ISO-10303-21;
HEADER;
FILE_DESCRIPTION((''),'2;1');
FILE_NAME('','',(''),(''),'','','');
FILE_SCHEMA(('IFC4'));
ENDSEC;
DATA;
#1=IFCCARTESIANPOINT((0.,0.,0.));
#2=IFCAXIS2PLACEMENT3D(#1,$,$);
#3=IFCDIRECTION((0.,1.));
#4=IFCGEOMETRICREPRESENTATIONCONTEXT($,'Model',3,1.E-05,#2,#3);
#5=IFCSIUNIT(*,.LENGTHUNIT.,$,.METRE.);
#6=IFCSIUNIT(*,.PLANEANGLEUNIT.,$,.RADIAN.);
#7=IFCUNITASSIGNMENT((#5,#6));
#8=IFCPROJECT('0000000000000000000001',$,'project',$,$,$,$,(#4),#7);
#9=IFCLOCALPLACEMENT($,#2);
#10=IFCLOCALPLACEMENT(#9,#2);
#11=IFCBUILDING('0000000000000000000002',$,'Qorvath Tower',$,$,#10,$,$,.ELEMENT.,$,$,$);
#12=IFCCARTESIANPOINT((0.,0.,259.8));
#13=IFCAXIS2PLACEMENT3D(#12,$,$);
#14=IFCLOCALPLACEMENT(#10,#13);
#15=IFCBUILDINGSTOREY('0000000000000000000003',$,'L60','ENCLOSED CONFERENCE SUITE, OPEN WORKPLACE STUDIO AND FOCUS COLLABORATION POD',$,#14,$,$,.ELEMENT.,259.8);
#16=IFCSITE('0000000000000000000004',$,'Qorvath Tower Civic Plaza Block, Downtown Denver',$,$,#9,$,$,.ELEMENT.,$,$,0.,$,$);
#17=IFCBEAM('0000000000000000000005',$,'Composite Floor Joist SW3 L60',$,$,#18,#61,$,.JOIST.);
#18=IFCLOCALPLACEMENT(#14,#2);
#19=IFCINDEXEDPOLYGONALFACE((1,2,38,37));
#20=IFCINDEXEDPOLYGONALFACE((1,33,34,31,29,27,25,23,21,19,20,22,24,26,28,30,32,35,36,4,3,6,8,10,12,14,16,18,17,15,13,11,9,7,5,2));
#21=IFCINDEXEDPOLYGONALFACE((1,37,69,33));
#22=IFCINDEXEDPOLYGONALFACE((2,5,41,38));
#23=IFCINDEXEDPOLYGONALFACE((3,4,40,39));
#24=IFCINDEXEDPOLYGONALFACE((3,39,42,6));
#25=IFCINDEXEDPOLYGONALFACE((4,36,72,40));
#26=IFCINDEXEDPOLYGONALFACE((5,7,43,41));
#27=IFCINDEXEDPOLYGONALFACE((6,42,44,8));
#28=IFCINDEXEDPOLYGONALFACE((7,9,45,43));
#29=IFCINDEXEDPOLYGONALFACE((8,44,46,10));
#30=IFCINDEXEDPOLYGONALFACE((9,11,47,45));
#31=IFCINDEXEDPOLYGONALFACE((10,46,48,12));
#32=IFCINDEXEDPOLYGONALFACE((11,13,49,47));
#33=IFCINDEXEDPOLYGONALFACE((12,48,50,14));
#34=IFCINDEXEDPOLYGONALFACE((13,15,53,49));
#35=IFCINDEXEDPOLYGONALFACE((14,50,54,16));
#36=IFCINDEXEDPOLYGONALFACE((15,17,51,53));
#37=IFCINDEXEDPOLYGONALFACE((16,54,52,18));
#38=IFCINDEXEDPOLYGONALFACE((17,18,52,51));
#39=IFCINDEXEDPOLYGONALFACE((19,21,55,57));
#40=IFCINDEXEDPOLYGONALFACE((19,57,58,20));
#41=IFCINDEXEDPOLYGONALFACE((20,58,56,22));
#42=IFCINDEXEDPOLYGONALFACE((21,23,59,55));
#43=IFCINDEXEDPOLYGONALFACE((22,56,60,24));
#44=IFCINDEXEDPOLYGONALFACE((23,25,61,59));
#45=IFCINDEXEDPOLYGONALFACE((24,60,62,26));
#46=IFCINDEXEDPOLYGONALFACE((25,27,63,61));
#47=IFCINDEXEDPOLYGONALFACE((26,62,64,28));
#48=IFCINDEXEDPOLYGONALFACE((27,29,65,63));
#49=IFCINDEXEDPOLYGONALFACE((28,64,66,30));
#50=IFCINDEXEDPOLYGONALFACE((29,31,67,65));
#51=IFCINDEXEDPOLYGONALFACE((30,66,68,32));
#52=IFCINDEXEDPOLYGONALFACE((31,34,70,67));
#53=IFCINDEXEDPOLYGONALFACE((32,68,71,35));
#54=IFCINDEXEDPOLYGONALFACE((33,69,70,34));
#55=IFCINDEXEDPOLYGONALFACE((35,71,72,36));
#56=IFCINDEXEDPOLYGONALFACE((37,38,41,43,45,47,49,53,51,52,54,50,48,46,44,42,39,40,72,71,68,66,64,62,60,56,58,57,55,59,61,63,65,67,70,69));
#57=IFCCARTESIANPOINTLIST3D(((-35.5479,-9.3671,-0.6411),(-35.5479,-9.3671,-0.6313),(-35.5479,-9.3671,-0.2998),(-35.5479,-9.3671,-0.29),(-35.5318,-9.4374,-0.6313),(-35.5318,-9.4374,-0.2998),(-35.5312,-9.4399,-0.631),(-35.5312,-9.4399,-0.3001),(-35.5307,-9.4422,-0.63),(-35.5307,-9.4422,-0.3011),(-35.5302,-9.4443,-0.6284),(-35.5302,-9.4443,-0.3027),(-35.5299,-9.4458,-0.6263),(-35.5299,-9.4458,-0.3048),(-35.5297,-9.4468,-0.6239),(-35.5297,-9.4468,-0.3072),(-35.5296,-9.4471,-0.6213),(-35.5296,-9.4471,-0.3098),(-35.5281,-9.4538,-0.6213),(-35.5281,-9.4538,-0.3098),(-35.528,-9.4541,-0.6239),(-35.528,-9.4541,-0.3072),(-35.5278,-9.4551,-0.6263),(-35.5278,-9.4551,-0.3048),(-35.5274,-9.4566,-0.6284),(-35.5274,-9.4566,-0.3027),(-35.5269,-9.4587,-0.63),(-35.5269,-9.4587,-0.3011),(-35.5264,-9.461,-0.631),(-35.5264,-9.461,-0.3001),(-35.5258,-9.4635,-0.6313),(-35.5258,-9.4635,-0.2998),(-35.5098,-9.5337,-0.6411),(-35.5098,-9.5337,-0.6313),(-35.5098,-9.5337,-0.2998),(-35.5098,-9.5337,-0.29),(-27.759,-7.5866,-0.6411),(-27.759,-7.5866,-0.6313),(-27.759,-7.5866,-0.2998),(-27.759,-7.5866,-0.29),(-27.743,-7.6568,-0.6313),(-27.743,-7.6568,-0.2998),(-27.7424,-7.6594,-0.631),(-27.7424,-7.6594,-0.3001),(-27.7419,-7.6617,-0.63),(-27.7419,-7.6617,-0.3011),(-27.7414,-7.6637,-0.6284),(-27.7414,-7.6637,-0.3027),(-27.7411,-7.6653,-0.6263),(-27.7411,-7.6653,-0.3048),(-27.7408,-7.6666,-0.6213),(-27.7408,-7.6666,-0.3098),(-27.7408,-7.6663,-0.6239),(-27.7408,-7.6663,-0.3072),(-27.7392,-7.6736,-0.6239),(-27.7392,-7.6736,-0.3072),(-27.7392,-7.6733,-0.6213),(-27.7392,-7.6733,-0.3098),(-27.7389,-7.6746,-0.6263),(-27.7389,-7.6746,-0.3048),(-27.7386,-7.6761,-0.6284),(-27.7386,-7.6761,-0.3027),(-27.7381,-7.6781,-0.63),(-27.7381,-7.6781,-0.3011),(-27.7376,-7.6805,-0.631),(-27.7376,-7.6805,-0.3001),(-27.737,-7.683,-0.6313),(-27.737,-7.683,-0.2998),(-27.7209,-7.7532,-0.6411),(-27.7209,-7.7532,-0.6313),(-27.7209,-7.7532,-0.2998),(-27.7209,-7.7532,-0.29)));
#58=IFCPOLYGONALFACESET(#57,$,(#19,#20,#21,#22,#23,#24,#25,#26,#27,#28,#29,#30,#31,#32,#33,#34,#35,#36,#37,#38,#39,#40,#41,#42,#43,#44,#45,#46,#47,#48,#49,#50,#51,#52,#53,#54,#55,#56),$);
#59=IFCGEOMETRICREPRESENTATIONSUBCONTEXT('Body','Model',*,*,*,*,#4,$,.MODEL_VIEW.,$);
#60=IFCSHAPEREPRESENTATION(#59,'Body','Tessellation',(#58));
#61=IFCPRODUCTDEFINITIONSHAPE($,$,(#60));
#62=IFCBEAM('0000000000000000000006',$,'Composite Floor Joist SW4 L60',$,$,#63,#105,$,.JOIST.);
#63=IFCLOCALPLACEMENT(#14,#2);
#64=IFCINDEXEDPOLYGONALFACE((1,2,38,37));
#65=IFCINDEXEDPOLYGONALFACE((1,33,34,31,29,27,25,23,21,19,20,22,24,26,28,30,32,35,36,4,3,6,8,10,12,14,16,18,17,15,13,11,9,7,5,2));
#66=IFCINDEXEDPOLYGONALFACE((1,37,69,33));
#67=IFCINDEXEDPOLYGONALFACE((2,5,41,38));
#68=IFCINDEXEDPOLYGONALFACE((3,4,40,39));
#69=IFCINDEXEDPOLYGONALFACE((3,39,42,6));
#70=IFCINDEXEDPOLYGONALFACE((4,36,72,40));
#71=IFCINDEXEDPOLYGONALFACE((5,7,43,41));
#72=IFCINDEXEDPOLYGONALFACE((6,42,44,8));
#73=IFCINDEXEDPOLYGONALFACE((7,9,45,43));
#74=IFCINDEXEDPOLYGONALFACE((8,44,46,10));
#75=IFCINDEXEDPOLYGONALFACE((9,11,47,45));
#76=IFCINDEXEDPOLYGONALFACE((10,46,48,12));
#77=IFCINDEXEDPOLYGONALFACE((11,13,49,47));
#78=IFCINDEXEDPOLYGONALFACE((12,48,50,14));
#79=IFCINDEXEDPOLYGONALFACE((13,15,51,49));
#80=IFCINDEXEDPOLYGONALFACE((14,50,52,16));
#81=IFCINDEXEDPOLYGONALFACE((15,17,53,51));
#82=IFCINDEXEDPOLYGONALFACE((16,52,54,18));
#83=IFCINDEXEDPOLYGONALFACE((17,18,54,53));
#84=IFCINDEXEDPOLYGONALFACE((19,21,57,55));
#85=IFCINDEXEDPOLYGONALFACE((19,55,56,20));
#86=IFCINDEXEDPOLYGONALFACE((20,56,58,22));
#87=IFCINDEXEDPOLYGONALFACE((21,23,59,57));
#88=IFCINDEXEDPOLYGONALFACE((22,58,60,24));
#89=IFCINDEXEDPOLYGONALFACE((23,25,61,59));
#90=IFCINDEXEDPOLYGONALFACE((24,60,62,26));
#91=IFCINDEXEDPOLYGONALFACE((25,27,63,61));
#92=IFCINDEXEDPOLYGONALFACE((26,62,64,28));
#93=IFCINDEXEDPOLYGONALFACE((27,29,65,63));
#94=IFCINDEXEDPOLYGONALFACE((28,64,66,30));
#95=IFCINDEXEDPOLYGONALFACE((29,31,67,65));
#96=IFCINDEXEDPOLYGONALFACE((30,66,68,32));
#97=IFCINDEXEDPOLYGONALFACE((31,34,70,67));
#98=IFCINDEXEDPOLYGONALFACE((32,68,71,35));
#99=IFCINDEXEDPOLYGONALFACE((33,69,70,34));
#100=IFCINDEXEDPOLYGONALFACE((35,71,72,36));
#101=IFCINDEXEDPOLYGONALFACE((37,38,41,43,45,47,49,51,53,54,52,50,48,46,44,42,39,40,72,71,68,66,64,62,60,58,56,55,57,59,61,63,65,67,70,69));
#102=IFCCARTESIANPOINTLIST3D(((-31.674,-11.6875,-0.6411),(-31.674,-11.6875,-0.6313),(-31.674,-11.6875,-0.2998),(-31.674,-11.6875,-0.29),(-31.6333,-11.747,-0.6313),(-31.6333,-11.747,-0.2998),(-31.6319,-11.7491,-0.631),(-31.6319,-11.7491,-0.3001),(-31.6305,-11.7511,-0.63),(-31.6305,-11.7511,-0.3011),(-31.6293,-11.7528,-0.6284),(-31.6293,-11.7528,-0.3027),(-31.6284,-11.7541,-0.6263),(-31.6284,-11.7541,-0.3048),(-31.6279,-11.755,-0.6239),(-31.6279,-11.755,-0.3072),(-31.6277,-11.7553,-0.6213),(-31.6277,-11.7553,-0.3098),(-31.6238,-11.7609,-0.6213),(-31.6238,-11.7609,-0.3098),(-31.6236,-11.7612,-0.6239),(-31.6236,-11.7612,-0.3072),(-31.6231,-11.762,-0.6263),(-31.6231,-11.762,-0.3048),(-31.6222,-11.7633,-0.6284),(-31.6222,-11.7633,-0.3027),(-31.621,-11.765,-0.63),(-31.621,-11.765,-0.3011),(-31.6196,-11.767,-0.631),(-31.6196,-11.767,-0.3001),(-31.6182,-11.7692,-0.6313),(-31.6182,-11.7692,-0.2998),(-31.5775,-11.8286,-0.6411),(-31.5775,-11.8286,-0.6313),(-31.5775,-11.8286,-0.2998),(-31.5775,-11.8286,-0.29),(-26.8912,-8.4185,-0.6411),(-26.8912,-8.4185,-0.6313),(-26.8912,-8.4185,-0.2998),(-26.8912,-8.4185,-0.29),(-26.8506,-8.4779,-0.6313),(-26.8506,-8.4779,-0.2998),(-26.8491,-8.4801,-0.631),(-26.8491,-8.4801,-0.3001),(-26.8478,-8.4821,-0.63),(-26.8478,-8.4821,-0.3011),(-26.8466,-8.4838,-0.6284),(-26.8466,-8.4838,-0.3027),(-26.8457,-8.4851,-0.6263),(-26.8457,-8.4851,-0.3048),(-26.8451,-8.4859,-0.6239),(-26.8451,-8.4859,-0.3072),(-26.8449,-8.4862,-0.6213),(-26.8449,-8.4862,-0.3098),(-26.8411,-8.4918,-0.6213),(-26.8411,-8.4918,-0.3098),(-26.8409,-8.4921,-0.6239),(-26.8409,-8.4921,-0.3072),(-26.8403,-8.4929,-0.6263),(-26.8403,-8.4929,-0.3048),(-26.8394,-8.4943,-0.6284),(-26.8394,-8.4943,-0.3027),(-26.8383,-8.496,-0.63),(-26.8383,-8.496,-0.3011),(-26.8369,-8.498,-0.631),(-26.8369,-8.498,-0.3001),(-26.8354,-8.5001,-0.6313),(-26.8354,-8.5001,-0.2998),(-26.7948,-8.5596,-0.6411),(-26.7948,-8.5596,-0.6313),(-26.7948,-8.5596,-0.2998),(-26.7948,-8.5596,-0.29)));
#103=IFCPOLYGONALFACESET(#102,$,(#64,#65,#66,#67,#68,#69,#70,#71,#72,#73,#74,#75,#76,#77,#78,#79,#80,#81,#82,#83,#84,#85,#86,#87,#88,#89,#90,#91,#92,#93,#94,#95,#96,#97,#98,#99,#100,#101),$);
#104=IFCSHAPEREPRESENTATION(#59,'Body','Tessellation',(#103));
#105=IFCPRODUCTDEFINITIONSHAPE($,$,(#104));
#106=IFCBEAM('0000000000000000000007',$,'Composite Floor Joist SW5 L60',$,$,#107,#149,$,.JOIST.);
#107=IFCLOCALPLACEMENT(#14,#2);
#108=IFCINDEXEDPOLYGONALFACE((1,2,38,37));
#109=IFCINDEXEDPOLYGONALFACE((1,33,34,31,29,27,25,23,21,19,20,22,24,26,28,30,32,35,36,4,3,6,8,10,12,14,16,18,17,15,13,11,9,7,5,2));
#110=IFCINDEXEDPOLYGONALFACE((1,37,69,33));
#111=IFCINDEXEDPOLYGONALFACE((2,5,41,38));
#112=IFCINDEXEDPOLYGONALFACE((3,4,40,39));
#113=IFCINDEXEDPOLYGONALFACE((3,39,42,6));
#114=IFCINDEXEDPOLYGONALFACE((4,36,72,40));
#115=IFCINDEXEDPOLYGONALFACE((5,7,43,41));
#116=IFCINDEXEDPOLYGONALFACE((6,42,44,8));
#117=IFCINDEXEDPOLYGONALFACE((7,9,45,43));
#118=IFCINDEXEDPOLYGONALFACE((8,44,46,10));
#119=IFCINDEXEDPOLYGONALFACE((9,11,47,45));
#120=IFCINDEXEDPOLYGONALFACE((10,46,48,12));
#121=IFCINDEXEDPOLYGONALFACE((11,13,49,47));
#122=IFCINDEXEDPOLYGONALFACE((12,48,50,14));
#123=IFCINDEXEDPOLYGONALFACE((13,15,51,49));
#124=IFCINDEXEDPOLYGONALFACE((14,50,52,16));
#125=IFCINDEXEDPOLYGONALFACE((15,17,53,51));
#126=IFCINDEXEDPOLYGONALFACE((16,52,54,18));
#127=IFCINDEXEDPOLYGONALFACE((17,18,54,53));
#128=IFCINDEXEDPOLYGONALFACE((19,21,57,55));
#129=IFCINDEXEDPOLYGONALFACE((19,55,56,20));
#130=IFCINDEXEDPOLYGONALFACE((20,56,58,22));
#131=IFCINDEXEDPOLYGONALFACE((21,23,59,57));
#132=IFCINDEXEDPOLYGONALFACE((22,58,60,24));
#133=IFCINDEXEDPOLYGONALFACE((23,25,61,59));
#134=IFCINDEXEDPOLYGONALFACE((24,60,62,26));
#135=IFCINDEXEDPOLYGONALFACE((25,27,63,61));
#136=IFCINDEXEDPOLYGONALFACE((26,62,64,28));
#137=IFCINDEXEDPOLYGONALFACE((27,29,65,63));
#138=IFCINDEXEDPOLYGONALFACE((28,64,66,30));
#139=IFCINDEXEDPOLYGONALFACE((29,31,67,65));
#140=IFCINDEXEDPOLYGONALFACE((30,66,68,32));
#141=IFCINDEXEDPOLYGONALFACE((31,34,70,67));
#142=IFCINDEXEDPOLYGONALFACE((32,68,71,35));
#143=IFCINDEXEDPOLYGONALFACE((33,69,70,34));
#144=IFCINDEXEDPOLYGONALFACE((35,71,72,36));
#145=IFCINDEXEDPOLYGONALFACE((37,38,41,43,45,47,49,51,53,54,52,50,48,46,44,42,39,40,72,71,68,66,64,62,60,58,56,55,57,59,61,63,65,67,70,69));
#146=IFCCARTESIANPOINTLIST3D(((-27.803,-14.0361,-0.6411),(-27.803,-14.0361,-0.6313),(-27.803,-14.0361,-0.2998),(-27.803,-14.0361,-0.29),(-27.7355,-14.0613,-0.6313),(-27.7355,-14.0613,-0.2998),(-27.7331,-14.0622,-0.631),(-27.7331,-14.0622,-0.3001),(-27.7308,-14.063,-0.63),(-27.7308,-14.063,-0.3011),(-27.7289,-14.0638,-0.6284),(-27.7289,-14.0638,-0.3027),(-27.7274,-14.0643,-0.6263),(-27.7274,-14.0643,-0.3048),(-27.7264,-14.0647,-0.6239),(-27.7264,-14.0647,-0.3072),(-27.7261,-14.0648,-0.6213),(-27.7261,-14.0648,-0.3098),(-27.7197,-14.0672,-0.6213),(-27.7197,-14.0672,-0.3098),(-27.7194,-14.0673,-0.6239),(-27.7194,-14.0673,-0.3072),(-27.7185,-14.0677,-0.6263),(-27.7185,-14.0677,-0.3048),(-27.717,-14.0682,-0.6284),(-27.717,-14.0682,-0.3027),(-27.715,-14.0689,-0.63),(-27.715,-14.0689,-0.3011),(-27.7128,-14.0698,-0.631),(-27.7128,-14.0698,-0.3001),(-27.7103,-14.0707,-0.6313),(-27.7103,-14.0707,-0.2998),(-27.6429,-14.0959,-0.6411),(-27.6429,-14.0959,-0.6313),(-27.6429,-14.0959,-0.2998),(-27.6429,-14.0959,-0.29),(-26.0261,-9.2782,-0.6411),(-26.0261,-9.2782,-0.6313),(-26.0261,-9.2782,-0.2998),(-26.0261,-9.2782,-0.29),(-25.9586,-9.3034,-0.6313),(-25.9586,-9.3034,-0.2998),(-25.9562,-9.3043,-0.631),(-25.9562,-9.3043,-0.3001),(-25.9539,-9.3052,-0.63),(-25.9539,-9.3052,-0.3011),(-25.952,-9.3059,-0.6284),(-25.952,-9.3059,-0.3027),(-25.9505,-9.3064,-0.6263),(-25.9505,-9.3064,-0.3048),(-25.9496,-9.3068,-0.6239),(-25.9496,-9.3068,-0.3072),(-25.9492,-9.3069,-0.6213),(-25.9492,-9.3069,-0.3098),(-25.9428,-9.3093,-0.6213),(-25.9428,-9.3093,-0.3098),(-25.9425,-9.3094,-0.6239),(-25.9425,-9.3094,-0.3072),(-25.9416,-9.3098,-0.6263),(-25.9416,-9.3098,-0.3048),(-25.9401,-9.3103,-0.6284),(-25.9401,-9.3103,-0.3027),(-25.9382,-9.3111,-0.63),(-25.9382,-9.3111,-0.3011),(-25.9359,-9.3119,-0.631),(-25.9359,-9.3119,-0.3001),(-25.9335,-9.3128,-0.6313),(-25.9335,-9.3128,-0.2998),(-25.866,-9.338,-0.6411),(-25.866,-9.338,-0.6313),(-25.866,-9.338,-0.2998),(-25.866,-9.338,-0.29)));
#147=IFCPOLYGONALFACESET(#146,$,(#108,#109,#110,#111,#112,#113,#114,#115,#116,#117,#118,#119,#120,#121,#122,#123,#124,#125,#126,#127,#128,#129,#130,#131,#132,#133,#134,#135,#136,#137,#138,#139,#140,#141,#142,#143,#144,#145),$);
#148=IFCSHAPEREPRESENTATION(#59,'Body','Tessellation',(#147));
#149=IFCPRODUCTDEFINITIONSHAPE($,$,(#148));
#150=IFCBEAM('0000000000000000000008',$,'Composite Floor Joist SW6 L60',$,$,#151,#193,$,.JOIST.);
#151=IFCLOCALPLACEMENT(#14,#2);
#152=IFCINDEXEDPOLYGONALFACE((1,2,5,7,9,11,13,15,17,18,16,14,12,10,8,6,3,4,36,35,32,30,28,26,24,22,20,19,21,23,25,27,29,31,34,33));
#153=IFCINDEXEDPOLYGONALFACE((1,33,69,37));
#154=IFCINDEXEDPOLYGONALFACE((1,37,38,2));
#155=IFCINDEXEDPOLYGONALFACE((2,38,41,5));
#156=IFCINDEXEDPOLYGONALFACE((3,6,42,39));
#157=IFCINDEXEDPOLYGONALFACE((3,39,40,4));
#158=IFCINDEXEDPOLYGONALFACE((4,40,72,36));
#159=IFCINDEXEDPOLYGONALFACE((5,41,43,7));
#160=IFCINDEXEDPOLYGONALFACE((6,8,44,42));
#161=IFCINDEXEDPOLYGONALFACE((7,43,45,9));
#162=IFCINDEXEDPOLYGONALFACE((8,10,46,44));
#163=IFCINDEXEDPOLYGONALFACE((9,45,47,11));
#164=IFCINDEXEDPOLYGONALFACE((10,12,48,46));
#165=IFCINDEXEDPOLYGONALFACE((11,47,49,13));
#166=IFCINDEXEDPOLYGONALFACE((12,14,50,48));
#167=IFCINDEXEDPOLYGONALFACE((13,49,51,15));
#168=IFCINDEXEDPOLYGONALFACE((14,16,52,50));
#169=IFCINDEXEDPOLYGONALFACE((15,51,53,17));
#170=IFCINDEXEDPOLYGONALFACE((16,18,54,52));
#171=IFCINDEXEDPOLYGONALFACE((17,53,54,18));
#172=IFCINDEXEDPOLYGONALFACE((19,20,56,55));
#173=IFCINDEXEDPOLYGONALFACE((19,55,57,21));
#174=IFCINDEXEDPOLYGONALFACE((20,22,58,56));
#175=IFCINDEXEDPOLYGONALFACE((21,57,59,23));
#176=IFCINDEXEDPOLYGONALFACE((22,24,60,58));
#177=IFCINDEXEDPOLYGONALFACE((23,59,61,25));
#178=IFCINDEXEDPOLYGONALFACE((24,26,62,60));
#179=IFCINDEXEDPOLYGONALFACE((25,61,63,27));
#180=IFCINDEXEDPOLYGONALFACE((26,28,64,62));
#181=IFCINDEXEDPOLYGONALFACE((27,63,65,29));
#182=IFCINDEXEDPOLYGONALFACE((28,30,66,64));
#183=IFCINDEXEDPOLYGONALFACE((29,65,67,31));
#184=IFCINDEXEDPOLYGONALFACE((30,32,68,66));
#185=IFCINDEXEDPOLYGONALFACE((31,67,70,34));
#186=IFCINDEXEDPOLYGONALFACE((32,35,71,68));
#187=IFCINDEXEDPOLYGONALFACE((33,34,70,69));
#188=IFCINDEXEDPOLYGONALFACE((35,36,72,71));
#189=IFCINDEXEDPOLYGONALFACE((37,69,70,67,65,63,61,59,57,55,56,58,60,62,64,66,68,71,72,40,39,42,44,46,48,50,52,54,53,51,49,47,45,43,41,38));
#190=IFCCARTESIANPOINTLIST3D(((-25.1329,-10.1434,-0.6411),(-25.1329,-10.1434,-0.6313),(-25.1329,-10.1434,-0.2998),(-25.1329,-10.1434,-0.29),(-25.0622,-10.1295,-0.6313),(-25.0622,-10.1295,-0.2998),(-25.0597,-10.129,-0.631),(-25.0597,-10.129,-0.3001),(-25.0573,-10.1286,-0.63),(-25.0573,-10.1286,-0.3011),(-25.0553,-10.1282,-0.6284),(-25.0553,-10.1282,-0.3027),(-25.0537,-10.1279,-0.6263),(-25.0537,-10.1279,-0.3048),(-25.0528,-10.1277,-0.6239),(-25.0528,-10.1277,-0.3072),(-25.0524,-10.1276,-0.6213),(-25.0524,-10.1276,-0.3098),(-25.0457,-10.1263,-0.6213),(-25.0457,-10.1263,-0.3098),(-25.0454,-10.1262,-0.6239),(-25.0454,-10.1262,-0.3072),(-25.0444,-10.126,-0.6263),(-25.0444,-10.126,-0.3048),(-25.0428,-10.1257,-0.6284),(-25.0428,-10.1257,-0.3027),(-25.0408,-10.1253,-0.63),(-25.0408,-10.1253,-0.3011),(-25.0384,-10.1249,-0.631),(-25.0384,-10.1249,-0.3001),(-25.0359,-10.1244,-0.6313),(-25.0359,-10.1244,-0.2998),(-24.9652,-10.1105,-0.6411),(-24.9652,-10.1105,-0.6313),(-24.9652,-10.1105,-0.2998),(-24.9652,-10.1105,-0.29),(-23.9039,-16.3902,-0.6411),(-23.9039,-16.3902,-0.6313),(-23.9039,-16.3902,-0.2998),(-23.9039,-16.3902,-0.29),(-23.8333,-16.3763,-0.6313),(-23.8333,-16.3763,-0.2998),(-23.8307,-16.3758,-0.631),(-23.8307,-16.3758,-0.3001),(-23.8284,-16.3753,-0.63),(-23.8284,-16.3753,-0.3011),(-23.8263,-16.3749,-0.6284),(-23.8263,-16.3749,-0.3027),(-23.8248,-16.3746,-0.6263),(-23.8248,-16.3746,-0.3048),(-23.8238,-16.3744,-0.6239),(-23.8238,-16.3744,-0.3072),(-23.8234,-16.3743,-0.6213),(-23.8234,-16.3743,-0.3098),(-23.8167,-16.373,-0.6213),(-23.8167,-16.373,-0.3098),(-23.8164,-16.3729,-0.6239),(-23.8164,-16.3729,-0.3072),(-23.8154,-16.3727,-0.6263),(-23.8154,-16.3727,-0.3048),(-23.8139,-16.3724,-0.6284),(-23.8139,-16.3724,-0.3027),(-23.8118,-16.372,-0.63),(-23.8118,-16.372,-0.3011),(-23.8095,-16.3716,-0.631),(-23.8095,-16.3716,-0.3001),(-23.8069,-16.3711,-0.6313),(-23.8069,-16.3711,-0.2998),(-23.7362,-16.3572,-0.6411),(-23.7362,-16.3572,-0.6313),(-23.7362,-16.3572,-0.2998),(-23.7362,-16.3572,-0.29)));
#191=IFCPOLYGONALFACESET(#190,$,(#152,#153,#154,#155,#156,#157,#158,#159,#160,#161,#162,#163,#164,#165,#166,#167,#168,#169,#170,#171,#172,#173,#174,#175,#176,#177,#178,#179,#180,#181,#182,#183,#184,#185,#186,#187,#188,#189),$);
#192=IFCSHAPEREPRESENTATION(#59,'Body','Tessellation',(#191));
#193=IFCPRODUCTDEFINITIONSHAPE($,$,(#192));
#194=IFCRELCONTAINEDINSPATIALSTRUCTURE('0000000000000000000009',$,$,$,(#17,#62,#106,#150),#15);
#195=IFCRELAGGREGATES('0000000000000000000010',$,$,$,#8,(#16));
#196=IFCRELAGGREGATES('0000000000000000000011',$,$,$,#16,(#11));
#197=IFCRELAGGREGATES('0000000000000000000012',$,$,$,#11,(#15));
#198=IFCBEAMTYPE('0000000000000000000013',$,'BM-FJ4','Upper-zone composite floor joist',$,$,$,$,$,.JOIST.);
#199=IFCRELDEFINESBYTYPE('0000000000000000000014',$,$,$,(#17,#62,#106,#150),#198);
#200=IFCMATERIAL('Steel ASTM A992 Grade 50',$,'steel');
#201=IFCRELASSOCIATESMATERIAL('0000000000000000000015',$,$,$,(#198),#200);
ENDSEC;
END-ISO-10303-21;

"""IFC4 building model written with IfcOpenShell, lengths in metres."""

from ifc_helpers import new_model, si_unit, direction, frame, origin, origin_2d, place, context, subcontext, project, spatial, i_section, extrude, material, material_profile, profile_set, type_object, element, save


model = new_model("IFC4")

# Units and contexts
model_context = context("Model", 3, precision=1e-05, world=origin(), true_north=direction((0.0, 1.0)))
body_context = subcontext(model_context, "Body", "Model", "MODEL_VIEW")
ifc_project = project(units=[si_unit("LENGTHUNIT", "METRE"), si_unit("PLANEANGLEUNIT", "RADIAN")], contexts=[model_context])

# Site, building, storey
site_placement = place(None, origin())
site = spatial("IfcSite", under=ifc_project, at=site_placement, Name="Qorvath Tower Civic Plaza Block, Downtown Denver", CompositionType="ELEMENT", RefElevation=0.0)
building_placement = place(site_placement, origin())
building = spatial("IfcBuilding", under=site, at=building_placement, Name="Qorvath Tower", CompositionType="ELEMENT")
storey_placement = place(building_placement, frame((0.0, 0.0, 259.8)))
storey = spatial("IfcBuildingStorey", under=building, at=storey_placement, Name="L60", Description="ENCLOSED CONFERENCE SUITE, OPEN WORKPLACE STUDIO AND FOCUS COLLABORATION POD", CompositionType="ELEMENT", Elevation=259.8)

# Beams
ifc_material_1 = material(Name="Steel ASTM A992 Grade 50", Category="steel")
ifc_material_profile_1 = material_profile(ifc_material_1, i_section(OverallWidth=0.1709, OverallDepth=0.3511, WebThickness=0.0068, FlangeThickness=0.0098, FilletRadius=0.01, at=origin_2d()), Name="W14x30")
ifc_profile_set_1 = profile_set([ifc_material_profile_1], Name="Steel ASTM A992 Grade 50")
beam_type_1 = type_object("IfcBeamType", Name="BM-FJ4", Description="Upper-zone composite floor joist", PredefinedType="JOIST", material=ifc_profile_set_1)
beam_1_placement = place(storey_placement, frame((-27.74, -7.6699, -0.4656), z_axis=(-0.974853, -0.222851, 0.0), x_axis=(0.222851, -0.974853, 0.0)))
element("IfcBeam", 1, at=beam_1_placement, inside=storey, type_object=beam_type_1, Name="Composite Floor Joist SW3 L60", PredefinedType="JOIST", context=body_context, shape_type="SweptSolid", body=[
    extrude(i_section(OverallWidth=0.1709, OverallDepth=0.3511, WebThickness=0.0068, FlangeThickness=0.0098, FilletRadius=0.01, at=origin_2d()), origin(), (0.0, 0.0, 1.0), 7.9897),
])
beam_2_placement = place(storey_placement, frame((-26.843, -8.489, -0.4656), z_axis=(-0.825576, -0.564291, 0.0), x_axis=(0.564291, -0.825576, 0.0)))
element("IfcBeam", 2, at=beam_2_placement, inside=storey, type_object=beam_type_1, Name="Composite Floor Joist SW4 L60", PredefinedType="JOIST", context=body_context, shape_type="SweptSolid", body=[
    extrude(i_section(OverallWidth=0.1709, OverallDepth=0.3511, WebThickness=0.0068, FlangeThickness=0.0098, FilletRadius=0.01, at=origin_2d()), origin(), (0.0, 0.0, 1.0), 5.7932),
])
beam_3_placement = place(storey_placement, frame((-25.946, -9.3081, -0.4656), z_axis=(-0.349859, -0.936802, 0.0), x_axis=(0.936802, -0.349859, 0.0)))
element("IfcBeam", 3, at=beam_3_placement, inside=storey, type_object=beam_type_1, Name="Composite Floor Joist SW5 L60", PredefinedType="JOIST", context=body_context, shape_type="SweptSolid", body=[
    extrude(i_section(OverallWidth=0.1709, OverallDepth=0.3511, WebThickness=0.0068, FlangeThickness=0.0098, FilletRadius=0.01, at=origin_2d()), origin(), (0.0, 0.0, 1.0), 5.0789),
])
beam_4_placement = place(storey_placement, frame((-25.0491, -10.127, -0.4656), z_axis=(0.19304, -0.981191, 0.0), x_axis=(0.981191, 0.19304, 0.0)))
element("IfcBeam", 4, at=beam_4_placement, inside=storey, type_object=beam_type_1, Name="Composite Floor Joist SW6 L60", PredefinedType="JOIST", context=body_context, shape_type="SweptSolid", body=[
    extrude(i_section(OverallWidth=0.1709, OverallDepth=0.3511, WebThickness=0.0068, FlangeThickness=0.0098, FilletRadius=0.01, at=origin_2d()), origin(), (0.0, 0.0, 1.0), 6.3665),
])

save(model, "model.ifc")
